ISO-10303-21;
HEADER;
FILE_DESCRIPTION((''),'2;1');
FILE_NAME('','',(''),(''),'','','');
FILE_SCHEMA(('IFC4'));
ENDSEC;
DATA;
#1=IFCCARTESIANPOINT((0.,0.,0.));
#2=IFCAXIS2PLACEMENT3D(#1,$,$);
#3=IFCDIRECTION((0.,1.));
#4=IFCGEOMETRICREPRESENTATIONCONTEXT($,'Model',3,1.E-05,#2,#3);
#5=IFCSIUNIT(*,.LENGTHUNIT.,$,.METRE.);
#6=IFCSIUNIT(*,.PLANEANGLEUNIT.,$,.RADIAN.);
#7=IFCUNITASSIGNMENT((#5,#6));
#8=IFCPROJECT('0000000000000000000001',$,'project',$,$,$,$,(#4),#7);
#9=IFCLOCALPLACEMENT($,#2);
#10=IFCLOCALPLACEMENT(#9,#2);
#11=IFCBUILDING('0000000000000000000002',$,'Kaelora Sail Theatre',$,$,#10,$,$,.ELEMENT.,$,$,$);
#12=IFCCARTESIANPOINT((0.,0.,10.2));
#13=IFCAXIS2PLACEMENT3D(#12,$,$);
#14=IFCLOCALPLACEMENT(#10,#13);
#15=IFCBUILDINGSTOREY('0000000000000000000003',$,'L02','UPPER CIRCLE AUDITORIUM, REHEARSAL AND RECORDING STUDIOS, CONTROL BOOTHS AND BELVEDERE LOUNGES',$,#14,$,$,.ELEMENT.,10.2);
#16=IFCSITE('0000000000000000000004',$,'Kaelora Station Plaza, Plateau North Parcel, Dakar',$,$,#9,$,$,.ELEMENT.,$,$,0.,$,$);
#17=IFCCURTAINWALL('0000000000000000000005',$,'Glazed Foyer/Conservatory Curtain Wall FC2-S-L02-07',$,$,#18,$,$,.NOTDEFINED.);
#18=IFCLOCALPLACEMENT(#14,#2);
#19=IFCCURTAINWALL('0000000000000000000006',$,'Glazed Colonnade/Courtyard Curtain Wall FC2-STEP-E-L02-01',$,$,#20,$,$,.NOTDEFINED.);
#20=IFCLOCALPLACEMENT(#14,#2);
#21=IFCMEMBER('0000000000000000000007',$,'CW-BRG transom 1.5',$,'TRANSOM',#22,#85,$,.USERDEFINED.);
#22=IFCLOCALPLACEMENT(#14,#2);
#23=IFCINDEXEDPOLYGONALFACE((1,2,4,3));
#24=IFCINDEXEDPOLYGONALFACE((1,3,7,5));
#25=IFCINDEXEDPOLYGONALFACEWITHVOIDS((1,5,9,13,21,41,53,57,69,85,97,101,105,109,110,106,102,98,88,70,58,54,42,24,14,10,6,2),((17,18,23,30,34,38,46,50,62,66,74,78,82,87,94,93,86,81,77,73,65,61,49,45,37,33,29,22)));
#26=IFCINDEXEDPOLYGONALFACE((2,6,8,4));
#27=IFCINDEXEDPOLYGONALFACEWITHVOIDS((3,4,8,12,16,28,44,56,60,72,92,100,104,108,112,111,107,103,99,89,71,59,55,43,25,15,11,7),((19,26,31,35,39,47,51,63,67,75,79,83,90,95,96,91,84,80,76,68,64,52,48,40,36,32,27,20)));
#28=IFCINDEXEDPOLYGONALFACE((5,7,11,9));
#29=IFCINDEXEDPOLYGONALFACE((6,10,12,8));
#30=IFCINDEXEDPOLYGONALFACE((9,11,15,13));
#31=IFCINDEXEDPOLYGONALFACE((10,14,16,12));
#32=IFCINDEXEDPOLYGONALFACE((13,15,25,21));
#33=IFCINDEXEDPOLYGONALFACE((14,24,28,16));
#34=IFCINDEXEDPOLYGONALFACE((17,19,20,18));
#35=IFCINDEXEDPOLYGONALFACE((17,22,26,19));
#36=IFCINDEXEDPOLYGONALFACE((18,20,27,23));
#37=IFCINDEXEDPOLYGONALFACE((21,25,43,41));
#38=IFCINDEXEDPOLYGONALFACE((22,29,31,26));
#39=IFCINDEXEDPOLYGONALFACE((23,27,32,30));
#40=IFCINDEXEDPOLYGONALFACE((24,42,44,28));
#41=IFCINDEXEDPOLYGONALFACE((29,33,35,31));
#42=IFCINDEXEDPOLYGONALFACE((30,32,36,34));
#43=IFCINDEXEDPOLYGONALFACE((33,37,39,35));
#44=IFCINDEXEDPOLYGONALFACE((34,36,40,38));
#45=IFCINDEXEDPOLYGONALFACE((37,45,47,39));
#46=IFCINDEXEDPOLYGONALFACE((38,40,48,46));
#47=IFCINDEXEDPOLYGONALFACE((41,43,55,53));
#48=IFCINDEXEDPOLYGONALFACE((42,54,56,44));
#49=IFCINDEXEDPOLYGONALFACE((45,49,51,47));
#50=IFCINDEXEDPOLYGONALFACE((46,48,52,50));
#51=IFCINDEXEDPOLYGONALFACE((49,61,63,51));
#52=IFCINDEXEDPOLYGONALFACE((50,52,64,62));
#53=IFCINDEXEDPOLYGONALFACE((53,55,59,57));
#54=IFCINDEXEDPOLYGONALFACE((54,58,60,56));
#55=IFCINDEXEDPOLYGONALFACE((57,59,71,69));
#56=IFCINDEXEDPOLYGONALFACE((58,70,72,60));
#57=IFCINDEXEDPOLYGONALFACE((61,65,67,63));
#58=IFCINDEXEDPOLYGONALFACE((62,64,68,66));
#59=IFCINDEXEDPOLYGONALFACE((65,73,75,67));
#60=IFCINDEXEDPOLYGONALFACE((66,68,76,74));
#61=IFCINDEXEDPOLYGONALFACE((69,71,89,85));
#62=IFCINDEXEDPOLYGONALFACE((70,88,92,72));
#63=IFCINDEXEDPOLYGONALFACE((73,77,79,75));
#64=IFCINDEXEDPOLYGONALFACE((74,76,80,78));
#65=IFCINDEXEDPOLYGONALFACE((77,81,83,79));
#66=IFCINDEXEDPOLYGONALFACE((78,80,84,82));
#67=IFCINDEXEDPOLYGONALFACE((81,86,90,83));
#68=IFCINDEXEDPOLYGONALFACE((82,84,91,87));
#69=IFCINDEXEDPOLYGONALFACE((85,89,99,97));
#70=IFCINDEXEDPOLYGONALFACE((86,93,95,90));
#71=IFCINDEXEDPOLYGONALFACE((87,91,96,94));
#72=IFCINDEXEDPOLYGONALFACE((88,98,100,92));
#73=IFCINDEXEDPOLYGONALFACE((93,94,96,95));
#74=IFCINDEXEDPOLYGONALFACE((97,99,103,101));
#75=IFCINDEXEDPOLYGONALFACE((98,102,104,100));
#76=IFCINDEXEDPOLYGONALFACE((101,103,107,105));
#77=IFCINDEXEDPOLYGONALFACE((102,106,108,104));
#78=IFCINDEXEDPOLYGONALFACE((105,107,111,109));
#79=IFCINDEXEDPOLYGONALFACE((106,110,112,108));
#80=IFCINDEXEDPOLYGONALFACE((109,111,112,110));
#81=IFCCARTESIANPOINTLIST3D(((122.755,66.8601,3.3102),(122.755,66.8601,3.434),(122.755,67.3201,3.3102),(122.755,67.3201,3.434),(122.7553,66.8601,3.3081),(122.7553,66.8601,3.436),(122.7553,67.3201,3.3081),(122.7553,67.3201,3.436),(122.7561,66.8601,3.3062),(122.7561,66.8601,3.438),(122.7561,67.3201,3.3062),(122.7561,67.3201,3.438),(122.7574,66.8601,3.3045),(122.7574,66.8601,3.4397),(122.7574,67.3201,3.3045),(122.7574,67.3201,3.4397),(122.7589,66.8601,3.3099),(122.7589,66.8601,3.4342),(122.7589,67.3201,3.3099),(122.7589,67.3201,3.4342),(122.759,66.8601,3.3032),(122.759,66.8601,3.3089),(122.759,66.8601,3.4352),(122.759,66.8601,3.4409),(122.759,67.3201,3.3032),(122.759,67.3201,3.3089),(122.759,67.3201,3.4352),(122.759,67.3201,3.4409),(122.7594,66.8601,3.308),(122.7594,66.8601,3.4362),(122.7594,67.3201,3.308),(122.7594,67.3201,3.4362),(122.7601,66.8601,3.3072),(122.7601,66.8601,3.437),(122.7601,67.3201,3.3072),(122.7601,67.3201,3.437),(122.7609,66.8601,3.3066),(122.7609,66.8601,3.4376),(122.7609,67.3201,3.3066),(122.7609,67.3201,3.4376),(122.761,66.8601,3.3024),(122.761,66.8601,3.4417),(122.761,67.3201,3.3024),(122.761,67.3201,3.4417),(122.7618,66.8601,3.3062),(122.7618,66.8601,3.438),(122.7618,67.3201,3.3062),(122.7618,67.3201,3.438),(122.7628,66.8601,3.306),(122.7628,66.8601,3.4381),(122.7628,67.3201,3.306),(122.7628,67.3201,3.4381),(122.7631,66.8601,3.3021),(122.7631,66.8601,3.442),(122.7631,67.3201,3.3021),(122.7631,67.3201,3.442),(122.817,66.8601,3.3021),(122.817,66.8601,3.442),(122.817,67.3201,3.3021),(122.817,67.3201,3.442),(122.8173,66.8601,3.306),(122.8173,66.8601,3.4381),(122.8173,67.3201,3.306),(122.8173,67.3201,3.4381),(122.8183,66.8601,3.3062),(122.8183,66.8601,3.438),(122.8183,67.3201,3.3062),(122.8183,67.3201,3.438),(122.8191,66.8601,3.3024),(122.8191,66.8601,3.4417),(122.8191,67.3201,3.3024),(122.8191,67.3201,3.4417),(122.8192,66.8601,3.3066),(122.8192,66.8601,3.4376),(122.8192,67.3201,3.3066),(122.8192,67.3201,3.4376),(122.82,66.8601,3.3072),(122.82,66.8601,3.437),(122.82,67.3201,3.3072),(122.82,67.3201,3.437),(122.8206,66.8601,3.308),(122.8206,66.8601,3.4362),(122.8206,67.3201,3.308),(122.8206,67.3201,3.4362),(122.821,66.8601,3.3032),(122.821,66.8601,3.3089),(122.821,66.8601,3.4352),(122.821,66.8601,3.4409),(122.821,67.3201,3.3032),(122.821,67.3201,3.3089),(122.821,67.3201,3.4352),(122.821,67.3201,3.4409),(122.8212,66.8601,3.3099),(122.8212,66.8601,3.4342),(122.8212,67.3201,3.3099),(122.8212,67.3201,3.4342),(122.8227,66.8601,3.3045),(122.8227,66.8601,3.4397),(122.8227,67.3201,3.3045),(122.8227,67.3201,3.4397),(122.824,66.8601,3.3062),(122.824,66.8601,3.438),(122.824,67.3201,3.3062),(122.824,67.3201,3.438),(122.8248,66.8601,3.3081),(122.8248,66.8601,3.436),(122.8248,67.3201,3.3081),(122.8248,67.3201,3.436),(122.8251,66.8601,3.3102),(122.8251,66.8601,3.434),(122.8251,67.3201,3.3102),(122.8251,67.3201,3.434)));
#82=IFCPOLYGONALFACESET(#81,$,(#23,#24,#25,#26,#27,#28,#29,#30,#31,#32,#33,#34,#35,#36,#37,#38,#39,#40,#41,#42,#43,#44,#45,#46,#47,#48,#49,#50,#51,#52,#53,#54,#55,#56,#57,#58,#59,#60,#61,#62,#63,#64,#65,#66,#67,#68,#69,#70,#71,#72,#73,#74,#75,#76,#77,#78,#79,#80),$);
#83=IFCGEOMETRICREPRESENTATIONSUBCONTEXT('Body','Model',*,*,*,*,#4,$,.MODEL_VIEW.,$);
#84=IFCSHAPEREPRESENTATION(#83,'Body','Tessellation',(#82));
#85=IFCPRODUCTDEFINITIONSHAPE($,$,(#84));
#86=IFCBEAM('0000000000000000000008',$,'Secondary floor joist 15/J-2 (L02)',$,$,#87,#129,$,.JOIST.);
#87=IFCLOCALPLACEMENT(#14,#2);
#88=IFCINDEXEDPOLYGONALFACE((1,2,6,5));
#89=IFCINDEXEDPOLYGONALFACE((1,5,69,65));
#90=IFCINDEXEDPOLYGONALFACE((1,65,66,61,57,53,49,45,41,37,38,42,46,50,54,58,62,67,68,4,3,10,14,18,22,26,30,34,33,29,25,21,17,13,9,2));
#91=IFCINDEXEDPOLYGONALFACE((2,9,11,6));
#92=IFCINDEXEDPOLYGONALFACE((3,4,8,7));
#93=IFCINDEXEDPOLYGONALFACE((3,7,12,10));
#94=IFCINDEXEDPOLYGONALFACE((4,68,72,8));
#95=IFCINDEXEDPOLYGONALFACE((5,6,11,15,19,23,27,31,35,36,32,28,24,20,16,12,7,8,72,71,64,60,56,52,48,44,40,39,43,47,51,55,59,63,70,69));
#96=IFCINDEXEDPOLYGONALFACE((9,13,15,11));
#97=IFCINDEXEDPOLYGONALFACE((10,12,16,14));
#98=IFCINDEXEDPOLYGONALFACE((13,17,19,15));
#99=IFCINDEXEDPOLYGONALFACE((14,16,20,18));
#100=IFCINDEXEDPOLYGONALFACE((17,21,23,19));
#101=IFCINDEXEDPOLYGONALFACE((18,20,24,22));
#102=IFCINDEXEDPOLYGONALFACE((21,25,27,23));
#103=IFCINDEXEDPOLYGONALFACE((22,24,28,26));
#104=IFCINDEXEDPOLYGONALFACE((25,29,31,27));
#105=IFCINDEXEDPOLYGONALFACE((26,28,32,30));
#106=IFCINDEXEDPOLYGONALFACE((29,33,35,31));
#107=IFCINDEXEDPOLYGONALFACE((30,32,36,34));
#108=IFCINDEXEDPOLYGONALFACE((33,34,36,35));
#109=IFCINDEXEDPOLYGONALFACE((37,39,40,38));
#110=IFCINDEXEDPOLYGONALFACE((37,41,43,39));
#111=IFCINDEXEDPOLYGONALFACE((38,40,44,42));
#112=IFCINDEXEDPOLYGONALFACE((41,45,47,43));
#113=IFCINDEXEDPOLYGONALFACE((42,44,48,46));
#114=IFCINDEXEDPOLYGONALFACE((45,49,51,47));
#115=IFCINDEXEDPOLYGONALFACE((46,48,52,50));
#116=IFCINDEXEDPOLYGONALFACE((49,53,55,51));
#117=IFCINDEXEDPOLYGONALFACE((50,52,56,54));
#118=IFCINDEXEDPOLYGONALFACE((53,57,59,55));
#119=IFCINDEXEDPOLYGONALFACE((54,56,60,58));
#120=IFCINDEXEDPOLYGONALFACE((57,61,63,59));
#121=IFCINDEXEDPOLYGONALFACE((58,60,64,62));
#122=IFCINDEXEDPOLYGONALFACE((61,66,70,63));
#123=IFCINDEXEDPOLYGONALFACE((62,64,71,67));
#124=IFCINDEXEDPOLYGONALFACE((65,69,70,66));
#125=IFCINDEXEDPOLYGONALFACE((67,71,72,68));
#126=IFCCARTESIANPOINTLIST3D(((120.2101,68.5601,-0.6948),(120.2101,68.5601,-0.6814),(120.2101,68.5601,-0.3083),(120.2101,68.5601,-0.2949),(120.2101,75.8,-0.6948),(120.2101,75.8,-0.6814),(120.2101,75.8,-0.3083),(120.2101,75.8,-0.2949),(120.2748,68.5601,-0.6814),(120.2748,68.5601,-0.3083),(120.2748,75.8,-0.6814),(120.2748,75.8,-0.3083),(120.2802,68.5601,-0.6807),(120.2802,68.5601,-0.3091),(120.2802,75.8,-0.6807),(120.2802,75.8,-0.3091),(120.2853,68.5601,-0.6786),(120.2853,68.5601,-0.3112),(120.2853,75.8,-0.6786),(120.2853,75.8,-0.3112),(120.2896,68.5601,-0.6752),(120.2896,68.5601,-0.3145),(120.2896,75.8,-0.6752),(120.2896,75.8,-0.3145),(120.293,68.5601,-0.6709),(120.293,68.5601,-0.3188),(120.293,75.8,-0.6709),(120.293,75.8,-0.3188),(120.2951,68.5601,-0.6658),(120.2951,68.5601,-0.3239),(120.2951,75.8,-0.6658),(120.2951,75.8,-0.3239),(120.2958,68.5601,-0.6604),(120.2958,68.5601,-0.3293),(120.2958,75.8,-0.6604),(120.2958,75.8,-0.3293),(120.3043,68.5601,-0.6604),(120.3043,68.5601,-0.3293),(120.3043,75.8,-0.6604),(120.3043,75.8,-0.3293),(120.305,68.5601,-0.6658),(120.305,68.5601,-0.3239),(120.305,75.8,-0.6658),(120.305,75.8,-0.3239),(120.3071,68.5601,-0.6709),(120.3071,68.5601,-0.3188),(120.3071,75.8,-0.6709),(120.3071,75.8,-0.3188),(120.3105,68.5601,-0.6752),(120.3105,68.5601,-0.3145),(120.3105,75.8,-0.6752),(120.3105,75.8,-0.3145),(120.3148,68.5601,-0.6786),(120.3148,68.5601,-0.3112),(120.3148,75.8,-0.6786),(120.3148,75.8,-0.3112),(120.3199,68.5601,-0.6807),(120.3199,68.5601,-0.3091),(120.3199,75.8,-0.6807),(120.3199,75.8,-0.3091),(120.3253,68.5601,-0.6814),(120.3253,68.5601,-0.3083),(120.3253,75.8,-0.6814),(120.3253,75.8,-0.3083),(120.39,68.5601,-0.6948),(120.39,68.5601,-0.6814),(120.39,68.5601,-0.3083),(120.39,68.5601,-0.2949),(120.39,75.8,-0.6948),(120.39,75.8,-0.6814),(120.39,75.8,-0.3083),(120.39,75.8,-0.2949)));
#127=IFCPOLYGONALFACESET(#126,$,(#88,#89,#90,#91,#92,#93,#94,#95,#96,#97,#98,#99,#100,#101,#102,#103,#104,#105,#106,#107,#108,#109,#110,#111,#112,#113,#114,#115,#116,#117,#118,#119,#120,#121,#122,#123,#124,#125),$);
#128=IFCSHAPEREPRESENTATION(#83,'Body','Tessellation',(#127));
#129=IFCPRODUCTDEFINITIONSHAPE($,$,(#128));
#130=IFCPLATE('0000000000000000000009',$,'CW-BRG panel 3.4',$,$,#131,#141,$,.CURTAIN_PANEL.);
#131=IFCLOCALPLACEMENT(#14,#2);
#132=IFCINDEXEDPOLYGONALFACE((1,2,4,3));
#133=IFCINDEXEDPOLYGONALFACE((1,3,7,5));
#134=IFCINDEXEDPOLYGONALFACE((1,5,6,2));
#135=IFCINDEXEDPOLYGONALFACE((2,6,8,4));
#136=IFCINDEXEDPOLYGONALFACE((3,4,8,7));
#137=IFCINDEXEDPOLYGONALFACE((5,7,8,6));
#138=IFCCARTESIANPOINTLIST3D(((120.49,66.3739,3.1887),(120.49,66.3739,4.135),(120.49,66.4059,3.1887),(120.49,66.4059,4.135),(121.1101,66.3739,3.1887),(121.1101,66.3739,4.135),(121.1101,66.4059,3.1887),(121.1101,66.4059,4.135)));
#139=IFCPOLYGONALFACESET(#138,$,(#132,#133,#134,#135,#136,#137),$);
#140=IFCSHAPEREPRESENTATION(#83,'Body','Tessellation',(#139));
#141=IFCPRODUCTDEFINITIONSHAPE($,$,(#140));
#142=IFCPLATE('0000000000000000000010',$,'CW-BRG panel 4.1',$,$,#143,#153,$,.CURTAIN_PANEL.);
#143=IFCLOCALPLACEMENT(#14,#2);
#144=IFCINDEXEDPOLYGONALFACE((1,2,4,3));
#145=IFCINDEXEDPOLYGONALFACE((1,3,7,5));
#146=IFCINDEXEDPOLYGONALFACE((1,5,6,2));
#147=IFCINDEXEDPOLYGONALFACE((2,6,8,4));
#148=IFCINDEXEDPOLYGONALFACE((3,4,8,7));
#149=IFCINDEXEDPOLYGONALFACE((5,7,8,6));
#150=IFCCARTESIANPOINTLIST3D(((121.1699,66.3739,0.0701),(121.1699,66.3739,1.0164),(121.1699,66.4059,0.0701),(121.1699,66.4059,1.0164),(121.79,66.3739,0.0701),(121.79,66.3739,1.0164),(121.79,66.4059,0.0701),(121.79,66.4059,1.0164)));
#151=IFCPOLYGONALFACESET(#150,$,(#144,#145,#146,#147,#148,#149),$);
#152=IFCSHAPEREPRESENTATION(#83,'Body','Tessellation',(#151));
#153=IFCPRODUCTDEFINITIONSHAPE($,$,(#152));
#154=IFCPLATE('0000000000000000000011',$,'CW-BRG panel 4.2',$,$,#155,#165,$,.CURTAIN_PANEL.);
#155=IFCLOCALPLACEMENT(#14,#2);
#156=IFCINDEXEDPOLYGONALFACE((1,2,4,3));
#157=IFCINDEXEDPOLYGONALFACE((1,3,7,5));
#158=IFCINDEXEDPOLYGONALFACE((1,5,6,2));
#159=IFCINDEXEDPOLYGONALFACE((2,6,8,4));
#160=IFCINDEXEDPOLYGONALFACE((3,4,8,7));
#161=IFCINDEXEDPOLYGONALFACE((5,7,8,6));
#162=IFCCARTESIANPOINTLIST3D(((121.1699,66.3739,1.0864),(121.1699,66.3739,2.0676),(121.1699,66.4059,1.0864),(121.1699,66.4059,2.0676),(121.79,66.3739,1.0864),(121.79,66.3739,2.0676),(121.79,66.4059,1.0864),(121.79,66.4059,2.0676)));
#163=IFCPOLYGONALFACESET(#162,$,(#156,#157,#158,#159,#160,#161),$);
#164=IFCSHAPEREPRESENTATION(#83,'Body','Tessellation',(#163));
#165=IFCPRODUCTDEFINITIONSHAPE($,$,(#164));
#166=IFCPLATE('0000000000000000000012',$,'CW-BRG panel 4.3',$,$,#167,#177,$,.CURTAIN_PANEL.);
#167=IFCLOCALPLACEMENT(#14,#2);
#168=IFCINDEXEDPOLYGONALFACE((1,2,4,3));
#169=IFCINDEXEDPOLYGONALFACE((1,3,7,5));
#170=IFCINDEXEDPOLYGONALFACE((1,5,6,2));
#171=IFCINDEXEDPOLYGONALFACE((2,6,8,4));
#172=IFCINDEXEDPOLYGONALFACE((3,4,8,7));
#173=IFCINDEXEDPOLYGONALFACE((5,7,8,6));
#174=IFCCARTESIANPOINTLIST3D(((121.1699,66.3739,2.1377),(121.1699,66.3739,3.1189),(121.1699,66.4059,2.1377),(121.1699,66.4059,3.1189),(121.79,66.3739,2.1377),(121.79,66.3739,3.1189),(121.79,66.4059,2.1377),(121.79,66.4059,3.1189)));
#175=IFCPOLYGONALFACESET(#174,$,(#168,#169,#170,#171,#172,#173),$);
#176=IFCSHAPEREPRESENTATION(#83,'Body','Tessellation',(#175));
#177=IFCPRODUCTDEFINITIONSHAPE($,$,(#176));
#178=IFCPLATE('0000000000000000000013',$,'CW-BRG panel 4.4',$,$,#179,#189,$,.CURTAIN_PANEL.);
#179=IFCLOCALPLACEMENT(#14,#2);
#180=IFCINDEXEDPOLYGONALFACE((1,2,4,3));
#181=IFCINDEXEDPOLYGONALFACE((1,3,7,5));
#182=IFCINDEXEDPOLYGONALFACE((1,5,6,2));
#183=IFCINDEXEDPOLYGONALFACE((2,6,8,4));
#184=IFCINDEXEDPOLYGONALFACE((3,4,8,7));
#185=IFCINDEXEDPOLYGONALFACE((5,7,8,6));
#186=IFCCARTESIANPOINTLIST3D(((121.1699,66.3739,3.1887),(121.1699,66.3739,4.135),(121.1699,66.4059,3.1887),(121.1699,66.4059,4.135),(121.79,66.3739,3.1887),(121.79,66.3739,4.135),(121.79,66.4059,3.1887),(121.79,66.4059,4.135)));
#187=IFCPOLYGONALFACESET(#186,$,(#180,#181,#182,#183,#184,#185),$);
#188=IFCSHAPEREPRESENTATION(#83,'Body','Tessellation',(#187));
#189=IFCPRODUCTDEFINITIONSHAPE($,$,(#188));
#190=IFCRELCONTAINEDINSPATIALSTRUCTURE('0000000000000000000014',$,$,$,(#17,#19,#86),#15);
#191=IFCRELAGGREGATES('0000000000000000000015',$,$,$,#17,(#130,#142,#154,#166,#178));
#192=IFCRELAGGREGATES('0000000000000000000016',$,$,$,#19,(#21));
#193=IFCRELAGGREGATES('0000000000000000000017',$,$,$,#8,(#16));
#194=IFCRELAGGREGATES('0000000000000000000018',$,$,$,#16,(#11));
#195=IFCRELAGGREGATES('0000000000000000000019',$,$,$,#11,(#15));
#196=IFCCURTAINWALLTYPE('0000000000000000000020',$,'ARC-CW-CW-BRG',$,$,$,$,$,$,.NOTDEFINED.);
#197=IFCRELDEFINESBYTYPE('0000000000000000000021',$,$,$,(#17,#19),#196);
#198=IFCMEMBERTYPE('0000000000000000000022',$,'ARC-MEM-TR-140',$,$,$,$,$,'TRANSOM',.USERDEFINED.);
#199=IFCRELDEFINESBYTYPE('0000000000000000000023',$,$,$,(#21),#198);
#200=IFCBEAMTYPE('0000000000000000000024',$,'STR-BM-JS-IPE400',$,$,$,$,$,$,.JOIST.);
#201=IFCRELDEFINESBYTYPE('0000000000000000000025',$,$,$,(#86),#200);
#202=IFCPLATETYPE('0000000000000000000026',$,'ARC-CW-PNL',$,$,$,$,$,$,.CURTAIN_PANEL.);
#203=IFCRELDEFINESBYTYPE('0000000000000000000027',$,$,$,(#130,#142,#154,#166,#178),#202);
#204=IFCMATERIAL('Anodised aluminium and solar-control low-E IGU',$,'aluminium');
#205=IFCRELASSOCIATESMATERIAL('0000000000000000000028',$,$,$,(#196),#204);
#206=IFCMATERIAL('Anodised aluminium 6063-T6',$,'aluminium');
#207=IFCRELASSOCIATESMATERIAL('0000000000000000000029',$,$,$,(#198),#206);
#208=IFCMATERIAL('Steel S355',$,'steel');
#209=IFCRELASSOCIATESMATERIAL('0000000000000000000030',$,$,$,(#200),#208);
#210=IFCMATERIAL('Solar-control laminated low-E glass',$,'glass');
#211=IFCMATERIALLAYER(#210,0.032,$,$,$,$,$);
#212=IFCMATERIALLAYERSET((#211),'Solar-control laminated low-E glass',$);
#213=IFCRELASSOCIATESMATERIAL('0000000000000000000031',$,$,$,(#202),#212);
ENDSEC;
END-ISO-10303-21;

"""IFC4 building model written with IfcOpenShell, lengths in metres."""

from ifc_helpers import new_model, si_unit, direction, frame, origin, origin_2d, place, context, subcontext, project, spatial, rectangle, hollow_rectangle, i_section, extrude, material, layer, layer_set, material_profile, profile_set, type_object, element, aggregate, save


model = new_model("IFC4")

# Units and contexts
model_context = context("Model", 3, precision=1e-05, world=origin(), true_north=direction((0.0, 1.0)))
body_context = subcontext(model_context, "Body", "Model", "MODEL_VIEW")
ifc_project = project(units=[si_unit("LENGTHUNIT", "METRE"), si_unit("PLANEANGLEUNIT", "RADIAN")], contexts=[model_context])

# Site, building, storey
site_placement = place(None, origin())
site = spatial("IfcSite", under=ifc_project, at=site_placement, Name="Kaelora Station Plaza, Plateau North Parcel, Dakar", CompositionType="ELEMENT", RefElevation=0.0)
building_placement = place(site_placement, origin())
building = spatial("IfcBuilding", under=site, at=building_placement, Name="Kaelora Sail Theatre", CompositionType="ELEMENT")
storey_placement = place(building_placement, frame((0.0, 0.0, 10.2)))
storey = spatial("IfcBuildingStorey", under=building, at=storey_placement, Name="L02", Description="UPPER CIRCLE AUDITORIUM, REHEARSAL AND RECORDING STUDIOS, CONTROL BOOTHS AND BELVEDERE LOUNGES", CompositionType="ELEMENT", Elevation=10.2)

# Curtain wall
ifc_material_1 = material(Name="Anodised aluminium and solar-control low-E IGU", Category="aluminium")
curtain_wall_type = type_object("IfcCurtainWallType", Name="ARC-CW-CW-BRG", PredefinedType="NOTDEFINED", material=ifc_material_1)
curtain_wall_1_placement = place(storey_placement, origin())
curtain_wall_1 = element("IfcCurtainWall", 1, at=curtain_wall_1_placement, inside=storey, type_object=curtain_wall_type, Name="Glazed Foyer/Conservatory Curtain Wall FC2-S-L02-07", PredefinedType="NOTDEFINED")

# Curtain wall
curtain_wall_2_placement = place(storey_placement, origin())
curtain_wall_2 = element("IfcCurtainWall", 2, at=curtain_wall_2_placement, inside=storey, type_object=curtain_wall_type, Name="Glazed Colonnade/Courtyard Curtain Wall FC2-STEP-E-L02-01", PredefinedType="NOTDEFINED")

# Member
ifc_material_2 = material(Name="Anodised aluminium 6063-T6", Category="aluminium")
ifc_material_profile_1 = material_profile(ifc_material_2, hollow_rectangle(XDim=0.0701, YDim=0.1399, WallThickness=0.0039, InnerFilletRadius=0.0039, OuterFilletRadius=0.0081, at=origin_2d()), Name="ALU-TRAN 70x140x4")
ifc_profile_set_1 = profile_set([ifc_material_profile_1], Name="Anodised aluminium 6063-T6")
member_type_1 = type_object("IfcMemberType", Name="ARC-MEM-TR-140", ElementType="TRANSOM", PredefinedType="USERDEFINED", material=ifc_profile_set_1)
member_1_placement = place(storey_placement, frame((122.79, 66.8601, 3.3721), z_axis=(0.0, 1.0, 0.0), x_axis=(-1.0, 0.0, 0.0)))
member_1 = element("IfcMember", 3, at=member_1_placement, type_object=member_type_1, Name="CW-BRG transom 1.5", ObjectType="TRANSOM", PredefinedType="USERDEFINED", context=body_context, shape_type="SweptSolid", body=[
    extrude(hollow_rectangle(XDim=0.0701, YDim=0.1399, WallThickness=0.0039, InnerFilletRadius=0.0039, OuterFilletRadius=0.0081, at=origin_2d()), origin(), (0.0, 0.0, 1.0), 0.46),
])

# Beam
ifc_material_3 = material(Name="Steel S355", Category="steel")
ifc_material_profile_2 = material_profile(ifc_material_3, i_section(OverallWidth=0.1799, OverallDepth=0.3999, WebThickness=0.0085, FlangeThickness=0.0134, FilletRadius=0.021, at=origin_2d()), Name="IPE 400")
ifc_profile_set_2 = profile_set([ifc_material_profile_2], Name="Steel S355")
beam_type = type_object("IfcBeamType", Name="STR-BM-JS-IPE400", PredefinedType="JOIST", material=ifc_profile_set_2)
beam_placement = place(storey_placement, frame((120.3, 68.5601, -0.4949), z_axis=(0.0, 1.0, 0.0), x_axis=(-1.0, 0.0, 0.0)))
element("IfcBeam", 4, at=beam_placement, inside=storey, type_object=beam_type, Name="Secondary floor joist 15/J-2 (L02)", PredefinedType="JOIST", context=body_context, shape_type="SweptSolid", body=[
    extrude(i_section(OverallWidth=0.1799, OverallDepth=0.3999, WebThickness=0.0085, FlangeThickness=0.0134, FilletRadius=0.021, at=origin_2d()), origin(), (0.0, 0.0, 1.0), 7.24),
])

# Plates
ifc_material_4 = material(Name="Solar-control laminated low-E glass", Category="glass")
ifc_layer_1 = layer(ifc_material_4, 0.032)
ifc_layer_set_1 = layer_set([ifc_layer_1], Name="Solar-control laminated low-E glass")
plate_type = type_object("IfcPlateType", Name="ARC-CW-PNL", PredefinedType="CURTAIN_PANEL", material=ifc_layer_set_1)
plate_1_placement = place(storey_placement, frame((120.8, 66.3899, 3.1887), z_axis=(0.0, 0.0, 1.0), x_axis=(1.0, 0.0, 0.0)))
plate_1 = element("IfcPlate", 5, at=plate_1_placement, type_object=plate_type, Name="CW-BRG panel 3.4", PredefinedType="CURTAIN_PANEL", context=body_context, shape_type="SweptSolid", body=[
    extrude(rectangle(XDim=0.6201, YDim=0.032, at=origin_2d()), origin(), (0.0, 0.0, 1.0), 0.9463),
])
plate_2_placement = place(storey_placement, frame((121.48, 66.3899, 0.0701), z_axis=(0.0, 0.0, 1.0), x_axis=(1.0, 0.0, 0.0)))
plate_2 = element("IfcPlate", 6, at=plate_2_placement, type_object=plate_type, Name="CW-BRG panel 4.1", PredefinedType="CURTAIN_PANEL", context=body_context, shape_type="SweptSolid", body=[
    extrude(rectangle(XDim=0.6201, YDim=0.032, at=origin_2d()), origin(), (0.0, 0.0, 1.0), 0.9463),
])
plate_3_placement = place(storey_placement, frame((121.48, 66.3899, 1.0864), z_axis=(0.0, 0.0, 1.0), x_axis=(1.0, 0.0, 0.0)))
plate_3 = element("IfcPlate", 7, at=plate_3_placement, type_object=plate_type, Name="CW-BRG panel 4.2", PredefinedType="CURTAIN_PANEL", context=body_context, shape_type="SweptSolid", body=[
    extrude(rectangle(XDim=0.6201, YDim=0.032, at=origin_2d()), origin(), (0.0, 0.0, 1.0), 0.9812),
])
plate_4_placement = place(storey_placement, frame((121.48, 66.3899, 2.1377), z_axis=(0.0, 0.0, 1.0), x_axis=(1.0, 0.0, 0.0)))
plate_4 = element("IfcPlate", 8, at=plate_4_placement, type_object=plate_type, Name="CW-BRG panel 4.3", PredefinedType="CURTAIN_PANEL", context=body_context, shape_type="SweptSolid", body=[
    extrude(rectangle(XDim=0.6201, YDim=0.032, at=origin_2d()), origin(), (0.0, 0.0, 1.0), 0.9812),
])
plate_5_placement = place(storey_placement, frame((121.48, 66.3899, 3.1887), z_axis=(0.0, 0.0, 1.0), x_axis=(1.0, 0.0, 0.0)))
plate_5 = element("IfcPlate", 9, at=plate_5_placement, type_object=plate_type, Name="CW-BRG panel 4.4", PredefinedType="CURTAIN_PANEL", context=body_context, shape_type="SweptSolid", body=[
    extrude(rectangle(XDim=0.6201, YDim=0.032, at=origin_2d()), origin(), (0.0, 0.0, 1.0), 0.9463),
])
aggregate(curtain_wall_1, [plate_1, plate_2, plate_3, plate_4, plate_5])
aggregate(curtain_wall_2, [member_1])

save(model, "model.ifc")
